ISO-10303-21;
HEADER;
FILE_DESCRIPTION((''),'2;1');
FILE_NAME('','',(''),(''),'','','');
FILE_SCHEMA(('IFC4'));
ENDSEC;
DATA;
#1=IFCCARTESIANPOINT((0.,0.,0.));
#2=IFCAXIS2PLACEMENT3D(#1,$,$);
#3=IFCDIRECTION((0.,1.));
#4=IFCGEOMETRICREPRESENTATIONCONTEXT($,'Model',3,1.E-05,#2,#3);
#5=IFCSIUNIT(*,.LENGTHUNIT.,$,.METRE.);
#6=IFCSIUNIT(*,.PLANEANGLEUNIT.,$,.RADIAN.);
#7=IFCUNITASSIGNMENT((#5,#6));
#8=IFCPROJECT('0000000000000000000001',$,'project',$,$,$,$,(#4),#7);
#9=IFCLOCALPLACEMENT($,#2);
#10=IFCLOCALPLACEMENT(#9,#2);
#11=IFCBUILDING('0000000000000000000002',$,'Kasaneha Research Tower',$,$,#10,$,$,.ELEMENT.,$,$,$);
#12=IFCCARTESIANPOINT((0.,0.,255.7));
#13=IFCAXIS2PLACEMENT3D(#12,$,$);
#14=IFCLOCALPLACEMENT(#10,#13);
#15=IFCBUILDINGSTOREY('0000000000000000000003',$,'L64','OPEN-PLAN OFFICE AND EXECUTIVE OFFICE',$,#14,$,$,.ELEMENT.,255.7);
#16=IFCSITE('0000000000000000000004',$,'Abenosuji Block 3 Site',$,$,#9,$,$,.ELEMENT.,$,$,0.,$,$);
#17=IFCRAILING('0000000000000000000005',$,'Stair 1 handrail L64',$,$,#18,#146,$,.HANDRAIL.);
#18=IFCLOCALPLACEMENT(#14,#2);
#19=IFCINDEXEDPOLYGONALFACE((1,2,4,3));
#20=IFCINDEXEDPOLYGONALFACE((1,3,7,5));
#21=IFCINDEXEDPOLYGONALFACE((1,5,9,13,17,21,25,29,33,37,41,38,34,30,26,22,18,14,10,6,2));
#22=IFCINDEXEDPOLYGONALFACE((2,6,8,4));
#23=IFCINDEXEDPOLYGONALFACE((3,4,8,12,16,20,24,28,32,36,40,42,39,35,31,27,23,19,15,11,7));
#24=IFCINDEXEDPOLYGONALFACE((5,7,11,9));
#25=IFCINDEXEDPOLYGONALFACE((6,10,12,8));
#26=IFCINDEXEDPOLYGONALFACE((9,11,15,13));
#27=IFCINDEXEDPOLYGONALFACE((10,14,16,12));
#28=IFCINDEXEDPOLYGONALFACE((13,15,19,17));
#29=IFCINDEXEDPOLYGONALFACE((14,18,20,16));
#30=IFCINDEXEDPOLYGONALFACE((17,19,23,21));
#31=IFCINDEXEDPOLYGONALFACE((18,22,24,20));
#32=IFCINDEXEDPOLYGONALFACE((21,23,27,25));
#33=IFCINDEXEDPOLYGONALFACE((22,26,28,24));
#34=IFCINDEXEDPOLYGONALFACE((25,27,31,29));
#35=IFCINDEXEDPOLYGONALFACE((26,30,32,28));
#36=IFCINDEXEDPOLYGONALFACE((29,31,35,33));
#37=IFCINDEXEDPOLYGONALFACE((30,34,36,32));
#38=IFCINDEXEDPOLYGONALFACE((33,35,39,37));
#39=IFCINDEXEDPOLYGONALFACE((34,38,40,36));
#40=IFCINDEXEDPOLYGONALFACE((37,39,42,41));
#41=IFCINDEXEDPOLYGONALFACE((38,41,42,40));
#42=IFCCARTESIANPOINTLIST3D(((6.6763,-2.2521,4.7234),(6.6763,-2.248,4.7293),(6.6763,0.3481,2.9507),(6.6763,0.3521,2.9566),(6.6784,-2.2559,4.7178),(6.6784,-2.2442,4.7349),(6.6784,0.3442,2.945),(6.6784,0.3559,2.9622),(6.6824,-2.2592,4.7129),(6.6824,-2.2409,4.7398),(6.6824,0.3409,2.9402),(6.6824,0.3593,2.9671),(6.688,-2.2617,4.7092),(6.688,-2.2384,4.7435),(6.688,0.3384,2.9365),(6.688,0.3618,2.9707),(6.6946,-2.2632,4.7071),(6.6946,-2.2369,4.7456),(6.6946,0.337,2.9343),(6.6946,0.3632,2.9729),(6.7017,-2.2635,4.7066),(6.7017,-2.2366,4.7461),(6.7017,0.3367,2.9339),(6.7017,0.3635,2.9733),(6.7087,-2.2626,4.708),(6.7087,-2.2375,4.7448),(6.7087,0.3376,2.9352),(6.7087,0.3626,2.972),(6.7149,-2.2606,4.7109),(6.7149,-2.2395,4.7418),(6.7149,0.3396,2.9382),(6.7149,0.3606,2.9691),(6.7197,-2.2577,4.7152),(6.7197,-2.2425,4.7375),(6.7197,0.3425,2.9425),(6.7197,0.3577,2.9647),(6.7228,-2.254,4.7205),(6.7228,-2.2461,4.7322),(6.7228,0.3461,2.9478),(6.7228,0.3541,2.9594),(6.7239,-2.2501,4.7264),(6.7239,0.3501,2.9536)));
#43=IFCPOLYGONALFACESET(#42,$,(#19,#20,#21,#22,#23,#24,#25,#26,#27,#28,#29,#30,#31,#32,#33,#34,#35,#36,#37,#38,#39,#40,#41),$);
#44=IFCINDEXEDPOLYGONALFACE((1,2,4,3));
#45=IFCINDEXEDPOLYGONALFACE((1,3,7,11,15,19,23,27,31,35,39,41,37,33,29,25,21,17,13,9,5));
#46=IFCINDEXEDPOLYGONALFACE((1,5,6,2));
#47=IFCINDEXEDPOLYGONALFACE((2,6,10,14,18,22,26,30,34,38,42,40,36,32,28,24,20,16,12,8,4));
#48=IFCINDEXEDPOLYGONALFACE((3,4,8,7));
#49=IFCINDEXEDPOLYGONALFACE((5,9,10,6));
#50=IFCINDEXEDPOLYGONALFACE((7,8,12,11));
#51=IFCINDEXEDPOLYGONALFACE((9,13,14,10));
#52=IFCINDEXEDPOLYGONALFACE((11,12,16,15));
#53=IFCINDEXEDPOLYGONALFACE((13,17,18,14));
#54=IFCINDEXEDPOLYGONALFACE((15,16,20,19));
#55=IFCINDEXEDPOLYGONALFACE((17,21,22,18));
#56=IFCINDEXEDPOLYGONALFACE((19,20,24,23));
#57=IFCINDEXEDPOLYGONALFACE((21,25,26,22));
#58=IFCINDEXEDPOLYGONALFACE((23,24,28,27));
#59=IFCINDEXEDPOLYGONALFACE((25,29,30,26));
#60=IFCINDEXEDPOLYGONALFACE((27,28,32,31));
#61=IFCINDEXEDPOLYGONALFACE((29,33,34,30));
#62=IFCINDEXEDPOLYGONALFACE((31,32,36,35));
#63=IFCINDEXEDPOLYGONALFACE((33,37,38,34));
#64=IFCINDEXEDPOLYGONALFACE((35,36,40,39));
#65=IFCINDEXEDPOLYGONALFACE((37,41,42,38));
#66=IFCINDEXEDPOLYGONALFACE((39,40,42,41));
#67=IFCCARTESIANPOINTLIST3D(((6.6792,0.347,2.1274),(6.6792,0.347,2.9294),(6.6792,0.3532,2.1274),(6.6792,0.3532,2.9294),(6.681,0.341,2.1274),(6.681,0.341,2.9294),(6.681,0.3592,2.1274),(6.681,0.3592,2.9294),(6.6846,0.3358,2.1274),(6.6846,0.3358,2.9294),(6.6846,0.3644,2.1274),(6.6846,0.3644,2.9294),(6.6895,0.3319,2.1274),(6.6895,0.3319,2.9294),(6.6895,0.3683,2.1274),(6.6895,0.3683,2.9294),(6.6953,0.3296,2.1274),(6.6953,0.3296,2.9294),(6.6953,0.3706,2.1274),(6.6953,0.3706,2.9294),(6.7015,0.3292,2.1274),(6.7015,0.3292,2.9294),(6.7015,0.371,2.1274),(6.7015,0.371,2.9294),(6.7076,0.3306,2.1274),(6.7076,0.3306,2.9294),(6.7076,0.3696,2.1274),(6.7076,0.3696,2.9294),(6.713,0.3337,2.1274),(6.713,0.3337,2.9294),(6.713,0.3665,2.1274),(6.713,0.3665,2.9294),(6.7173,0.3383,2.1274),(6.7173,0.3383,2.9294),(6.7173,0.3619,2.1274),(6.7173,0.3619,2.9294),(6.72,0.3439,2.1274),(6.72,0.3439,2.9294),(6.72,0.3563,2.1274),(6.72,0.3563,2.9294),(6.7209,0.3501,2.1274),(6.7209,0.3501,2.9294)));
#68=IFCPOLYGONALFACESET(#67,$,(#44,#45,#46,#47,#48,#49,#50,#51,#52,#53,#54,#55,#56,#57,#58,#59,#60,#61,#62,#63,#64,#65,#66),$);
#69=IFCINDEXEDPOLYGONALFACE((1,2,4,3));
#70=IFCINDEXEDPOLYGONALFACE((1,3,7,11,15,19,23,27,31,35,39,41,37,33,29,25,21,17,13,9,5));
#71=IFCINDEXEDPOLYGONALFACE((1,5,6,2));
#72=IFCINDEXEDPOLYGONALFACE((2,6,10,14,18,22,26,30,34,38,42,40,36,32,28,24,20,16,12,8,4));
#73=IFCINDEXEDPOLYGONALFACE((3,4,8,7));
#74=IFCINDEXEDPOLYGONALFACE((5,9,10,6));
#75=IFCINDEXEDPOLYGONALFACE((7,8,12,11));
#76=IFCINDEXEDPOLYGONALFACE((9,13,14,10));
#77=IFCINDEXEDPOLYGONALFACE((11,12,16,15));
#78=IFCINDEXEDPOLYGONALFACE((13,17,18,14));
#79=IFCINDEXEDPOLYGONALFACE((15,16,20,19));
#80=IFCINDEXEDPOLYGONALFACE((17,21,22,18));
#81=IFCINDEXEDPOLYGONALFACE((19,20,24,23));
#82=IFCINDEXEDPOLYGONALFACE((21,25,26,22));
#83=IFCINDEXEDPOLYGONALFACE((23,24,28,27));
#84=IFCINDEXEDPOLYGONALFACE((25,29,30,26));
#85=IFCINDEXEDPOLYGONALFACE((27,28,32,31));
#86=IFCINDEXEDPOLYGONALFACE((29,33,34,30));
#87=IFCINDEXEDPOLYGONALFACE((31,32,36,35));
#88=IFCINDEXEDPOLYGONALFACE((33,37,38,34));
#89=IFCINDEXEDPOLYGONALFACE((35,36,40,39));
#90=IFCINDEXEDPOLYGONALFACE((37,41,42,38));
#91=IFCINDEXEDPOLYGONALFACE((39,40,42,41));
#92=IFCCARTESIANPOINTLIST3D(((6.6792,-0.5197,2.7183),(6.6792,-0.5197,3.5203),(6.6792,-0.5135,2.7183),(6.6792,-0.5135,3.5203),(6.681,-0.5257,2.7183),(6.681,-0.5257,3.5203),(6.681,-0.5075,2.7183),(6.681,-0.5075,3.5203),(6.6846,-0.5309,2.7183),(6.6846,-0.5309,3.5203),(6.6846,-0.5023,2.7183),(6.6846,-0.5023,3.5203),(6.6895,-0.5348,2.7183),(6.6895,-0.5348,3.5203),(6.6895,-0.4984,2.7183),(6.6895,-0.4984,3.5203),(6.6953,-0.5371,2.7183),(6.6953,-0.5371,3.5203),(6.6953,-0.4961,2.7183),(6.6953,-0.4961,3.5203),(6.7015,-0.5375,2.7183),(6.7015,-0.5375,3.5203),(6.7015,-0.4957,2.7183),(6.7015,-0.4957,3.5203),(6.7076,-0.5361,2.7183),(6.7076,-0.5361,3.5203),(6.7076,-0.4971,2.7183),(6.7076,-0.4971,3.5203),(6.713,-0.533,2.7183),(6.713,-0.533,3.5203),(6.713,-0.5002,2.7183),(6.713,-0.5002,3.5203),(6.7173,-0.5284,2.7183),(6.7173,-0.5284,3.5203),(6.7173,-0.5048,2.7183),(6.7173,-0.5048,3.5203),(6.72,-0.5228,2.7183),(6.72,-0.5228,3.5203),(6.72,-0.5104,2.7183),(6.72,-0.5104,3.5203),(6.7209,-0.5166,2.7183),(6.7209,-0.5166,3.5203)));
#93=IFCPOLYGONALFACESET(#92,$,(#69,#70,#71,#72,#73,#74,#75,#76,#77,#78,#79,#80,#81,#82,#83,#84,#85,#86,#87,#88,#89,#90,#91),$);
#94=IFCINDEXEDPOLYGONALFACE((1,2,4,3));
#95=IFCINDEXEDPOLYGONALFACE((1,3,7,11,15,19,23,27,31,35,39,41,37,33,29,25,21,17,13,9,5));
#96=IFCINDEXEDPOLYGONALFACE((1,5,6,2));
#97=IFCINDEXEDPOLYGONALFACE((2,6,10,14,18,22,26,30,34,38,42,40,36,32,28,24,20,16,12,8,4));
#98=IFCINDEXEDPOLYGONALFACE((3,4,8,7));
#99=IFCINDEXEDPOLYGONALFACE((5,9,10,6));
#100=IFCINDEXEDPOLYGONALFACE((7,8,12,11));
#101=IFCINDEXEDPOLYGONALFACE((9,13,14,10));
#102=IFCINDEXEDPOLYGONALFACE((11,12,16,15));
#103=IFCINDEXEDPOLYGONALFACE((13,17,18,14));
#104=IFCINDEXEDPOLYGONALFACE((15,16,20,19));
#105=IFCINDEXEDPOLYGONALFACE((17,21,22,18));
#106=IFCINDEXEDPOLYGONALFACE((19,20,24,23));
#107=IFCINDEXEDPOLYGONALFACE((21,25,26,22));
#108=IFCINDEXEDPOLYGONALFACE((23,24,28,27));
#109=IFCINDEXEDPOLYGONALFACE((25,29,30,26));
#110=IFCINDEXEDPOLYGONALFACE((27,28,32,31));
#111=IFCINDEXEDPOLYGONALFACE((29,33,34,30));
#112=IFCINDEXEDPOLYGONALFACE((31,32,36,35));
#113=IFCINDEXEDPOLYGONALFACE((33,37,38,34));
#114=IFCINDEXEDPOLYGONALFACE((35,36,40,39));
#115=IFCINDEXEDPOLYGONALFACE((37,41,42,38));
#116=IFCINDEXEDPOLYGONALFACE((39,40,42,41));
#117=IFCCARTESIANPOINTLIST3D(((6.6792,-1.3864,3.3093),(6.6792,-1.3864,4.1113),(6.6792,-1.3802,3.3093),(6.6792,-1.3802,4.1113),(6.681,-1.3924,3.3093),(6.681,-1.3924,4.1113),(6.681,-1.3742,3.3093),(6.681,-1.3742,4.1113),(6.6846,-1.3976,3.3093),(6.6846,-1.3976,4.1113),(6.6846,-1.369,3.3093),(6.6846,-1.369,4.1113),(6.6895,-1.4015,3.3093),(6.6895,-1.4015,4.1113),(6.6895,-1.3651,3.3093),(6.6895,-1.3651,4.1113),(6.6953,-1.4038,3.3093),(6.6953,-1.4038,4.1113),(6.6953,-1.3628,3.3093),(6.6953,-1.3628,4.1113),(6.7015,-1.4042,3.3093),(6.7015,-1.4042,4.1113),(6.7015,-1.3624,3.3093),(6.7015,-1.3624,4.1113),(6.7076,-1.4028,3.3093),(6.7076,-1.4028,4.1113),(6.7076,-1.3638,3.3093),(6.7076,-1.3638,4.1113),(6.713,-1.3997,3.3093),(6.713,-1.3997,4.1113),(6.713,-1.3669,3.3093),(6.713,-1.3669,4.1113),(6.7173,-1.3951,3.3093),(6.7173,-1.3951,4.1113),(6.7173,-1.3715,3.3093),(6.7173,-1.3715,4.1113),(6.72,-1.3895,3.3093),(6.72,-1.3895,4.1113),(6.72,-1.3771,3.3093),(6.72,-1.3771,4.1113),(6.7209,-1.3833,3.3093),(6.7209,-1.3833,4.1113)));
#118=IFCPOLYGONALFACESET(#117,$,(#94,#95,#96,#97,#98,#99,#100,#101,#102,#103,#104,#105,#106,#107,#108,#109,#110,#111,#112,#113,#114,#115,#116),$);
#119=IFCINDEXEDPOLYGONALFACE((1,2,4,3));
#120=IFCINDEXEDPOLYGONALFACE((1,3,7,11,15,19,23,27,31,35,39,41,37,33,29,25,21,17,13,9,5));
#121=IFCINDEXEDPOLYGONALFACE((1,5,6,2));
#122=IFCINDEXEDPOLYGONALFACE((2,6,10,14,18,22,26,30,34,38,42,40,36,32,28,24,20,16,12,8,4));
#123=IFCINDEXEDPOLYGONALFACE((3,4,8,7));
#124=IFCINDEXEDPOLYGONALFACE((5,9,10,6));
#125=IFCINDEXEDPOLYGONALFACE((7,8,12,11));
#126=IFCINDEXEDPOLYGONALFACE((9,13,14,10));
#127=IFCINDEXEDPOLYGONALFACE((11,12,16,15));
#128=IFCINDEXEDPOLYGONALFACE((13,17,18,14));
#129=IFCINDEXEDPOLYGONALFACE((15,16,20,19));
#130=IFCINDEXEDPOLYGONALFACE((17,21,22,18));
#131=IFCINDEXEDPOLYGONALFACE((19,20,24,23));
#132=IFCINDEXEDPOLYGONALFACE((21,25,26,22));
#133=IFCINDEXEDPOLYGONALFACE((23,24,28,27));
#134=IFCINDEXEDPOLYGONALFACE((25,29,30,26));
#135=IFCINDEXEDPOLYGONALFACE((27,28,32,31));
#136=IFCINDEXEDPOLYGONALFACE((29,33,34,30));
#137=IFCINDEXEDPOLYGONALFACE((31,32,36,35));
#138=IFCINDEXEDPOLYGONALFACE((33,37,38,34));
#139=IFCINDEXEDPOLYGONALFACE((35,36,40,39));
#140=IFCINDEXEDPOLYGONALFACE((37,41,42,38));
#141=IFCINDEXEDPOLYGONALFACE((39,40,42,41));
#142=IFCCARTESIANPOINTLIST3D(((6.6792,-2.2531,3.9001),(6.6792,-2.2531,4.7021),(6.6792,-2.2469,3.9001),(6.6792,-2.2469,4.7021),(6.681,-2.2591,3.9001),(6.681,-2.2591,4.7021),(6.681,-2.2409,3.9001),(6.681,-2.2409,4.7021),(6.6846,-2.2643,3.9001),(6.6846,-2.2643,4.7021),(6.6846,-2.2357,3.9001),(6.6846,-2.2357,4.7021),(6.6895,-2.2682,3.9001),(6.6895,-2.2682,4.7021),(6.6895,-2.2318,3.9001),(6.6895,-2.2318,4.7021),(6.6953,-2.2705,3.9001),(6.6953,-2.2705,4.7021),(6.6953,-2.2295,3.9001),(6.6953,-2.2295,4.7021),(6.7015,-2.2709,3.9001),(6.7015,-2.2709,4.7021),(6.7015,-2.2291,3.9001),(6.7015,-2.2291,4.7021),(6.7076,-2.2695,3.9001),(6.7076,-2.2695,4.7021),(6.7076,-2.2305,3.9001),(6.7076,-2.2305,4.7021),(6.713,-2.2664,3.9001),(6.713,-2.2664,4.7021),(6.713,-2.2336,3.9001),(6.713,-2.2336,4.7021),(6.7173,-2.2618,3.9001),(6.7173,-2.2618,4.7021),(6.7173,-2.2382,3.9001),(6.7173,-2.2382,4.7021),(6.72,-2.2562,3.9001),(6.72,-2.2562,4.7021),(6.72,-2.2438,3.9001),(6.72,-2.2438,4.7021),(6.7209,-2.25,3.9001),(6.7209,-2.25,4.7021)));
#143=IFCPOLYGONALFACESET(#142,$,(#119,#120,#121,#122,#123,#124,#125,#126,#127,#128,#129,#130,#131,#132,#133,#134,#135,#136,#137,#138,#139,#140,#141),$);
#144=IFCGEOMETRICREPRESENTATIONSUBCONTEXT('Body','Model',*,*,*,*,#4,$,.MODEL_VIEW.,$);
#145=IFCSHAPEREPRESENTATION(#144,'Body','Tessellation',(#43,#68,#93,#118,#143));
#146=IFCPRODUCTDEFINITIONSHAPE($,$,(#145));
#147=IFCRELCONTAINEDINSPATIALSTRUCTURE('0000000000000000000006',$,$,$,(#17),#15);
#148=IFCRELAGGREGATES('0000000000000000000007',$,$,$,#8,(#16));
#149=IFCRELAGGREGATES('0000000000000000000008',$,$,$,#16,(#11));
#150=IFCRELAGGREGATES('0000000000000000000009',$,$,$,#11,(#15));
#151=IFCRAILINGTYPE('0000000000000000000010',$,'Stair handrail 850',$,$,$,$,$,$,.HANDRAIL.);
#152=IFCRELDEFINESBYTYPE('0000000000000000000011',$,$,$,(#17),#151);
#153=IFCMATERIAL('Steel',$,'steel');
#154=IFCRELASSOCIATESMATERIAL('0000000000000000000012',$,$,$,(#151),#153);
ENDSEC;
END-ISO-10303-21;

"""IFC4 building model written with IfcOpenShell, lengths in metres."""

from ifc_helpers import new_model, si_unit, direction, frame, origin, origin_2d, place, context, subcontext, project, spatial, circle, extrude, material, type_object, element, save


model = new_model("IFC4")

# Units and contexts
model_context = context("Model", 3, precision=1e-05, world=origin(), true_north=direction((0.0, 1.0)))
body_context = subcontext(model_context, "Body", "Model", "MODEL_VIEW")
ifc_project = project(units=[si_unit("LENGTHUNIT", "METRE"), si_unit("PLANEANGLEUNIT", "RADIAN")], contexts=[model_context])

# Site, building, storey
site_placement = place(None, origin())
site = spatial("IfcSite", under=ifc_project, at=site_placement, Name="Abenosuji Block 3 Site", CompositionType="ELEMENT", RefElevation=0.0)
building_placement = place(site_placement, origin())
building = spatial("IfcBuilding", under=site, at=building_placement, Name="Kasaneha Research Tower", CompositionType="ELEMENT")
storey_placement = place(building_placement, frame((0.0, 0.0, 255.7)))
storey = spatial("IfcBuildingStorey", under=building, at=storey_placement, Name="L64", Description="OPEN-PLAN OFFICE AND EXECUTIVE OFFICE", CompositionType="ELEMENT", Elevation=255.7)

# Railing
ifc_material_1 = material(Name="Steel", Category="steel")
railing_type_1 = type_object("IfcRailingType", Name="Stair handrail 850", PredefinedType="HANDRAIL", material=ifc_material_1)
railing_1_placement = place(storey_placement, frame((6.7, 0.3501, 2.1274)))
element("IfcRailing", 1, at=railing_1_placement, inside=storey, type_object=railing_type_1, Name="Stair 1 handrail L64", PredefinedType="HANDRAIL", context=body_context, shape_type="SweptSolid", body=[
    extrude(circle(Radius=0.0239, at=origin_2d()), frame((0.0, 0.0, 0.8262), z_axis=(0.0, -0.82624, 0.563318), x_axis=(1.0, 0.0, 0.0)), (0.0, 0.0, 1.0), 3.147),
    extrude(circle(Radius=0.021, at=origin_2d()), origin(), (0.0, 0.0, 1.0), 0.802),
    extrude(circle(Radius=0.021, at=origin_2d()), frame((0.0, -0.8667, 0.5908)), (0.0, 0.0, 1.0), 0.802),
    extrude(circle(Radius=0.021, at=origin_2d()), frame((0.0, -1.7334, 1.1819)), (0.0, 0.0, 1.0), 0.802),
    extrude(circle(Radius=0.021, at=origin_2d()), frame((0.0, -2.6001, 1.7727)), (0.0, 0.0, 1.0), 0.802),
])

save(model, "model.ifc")
